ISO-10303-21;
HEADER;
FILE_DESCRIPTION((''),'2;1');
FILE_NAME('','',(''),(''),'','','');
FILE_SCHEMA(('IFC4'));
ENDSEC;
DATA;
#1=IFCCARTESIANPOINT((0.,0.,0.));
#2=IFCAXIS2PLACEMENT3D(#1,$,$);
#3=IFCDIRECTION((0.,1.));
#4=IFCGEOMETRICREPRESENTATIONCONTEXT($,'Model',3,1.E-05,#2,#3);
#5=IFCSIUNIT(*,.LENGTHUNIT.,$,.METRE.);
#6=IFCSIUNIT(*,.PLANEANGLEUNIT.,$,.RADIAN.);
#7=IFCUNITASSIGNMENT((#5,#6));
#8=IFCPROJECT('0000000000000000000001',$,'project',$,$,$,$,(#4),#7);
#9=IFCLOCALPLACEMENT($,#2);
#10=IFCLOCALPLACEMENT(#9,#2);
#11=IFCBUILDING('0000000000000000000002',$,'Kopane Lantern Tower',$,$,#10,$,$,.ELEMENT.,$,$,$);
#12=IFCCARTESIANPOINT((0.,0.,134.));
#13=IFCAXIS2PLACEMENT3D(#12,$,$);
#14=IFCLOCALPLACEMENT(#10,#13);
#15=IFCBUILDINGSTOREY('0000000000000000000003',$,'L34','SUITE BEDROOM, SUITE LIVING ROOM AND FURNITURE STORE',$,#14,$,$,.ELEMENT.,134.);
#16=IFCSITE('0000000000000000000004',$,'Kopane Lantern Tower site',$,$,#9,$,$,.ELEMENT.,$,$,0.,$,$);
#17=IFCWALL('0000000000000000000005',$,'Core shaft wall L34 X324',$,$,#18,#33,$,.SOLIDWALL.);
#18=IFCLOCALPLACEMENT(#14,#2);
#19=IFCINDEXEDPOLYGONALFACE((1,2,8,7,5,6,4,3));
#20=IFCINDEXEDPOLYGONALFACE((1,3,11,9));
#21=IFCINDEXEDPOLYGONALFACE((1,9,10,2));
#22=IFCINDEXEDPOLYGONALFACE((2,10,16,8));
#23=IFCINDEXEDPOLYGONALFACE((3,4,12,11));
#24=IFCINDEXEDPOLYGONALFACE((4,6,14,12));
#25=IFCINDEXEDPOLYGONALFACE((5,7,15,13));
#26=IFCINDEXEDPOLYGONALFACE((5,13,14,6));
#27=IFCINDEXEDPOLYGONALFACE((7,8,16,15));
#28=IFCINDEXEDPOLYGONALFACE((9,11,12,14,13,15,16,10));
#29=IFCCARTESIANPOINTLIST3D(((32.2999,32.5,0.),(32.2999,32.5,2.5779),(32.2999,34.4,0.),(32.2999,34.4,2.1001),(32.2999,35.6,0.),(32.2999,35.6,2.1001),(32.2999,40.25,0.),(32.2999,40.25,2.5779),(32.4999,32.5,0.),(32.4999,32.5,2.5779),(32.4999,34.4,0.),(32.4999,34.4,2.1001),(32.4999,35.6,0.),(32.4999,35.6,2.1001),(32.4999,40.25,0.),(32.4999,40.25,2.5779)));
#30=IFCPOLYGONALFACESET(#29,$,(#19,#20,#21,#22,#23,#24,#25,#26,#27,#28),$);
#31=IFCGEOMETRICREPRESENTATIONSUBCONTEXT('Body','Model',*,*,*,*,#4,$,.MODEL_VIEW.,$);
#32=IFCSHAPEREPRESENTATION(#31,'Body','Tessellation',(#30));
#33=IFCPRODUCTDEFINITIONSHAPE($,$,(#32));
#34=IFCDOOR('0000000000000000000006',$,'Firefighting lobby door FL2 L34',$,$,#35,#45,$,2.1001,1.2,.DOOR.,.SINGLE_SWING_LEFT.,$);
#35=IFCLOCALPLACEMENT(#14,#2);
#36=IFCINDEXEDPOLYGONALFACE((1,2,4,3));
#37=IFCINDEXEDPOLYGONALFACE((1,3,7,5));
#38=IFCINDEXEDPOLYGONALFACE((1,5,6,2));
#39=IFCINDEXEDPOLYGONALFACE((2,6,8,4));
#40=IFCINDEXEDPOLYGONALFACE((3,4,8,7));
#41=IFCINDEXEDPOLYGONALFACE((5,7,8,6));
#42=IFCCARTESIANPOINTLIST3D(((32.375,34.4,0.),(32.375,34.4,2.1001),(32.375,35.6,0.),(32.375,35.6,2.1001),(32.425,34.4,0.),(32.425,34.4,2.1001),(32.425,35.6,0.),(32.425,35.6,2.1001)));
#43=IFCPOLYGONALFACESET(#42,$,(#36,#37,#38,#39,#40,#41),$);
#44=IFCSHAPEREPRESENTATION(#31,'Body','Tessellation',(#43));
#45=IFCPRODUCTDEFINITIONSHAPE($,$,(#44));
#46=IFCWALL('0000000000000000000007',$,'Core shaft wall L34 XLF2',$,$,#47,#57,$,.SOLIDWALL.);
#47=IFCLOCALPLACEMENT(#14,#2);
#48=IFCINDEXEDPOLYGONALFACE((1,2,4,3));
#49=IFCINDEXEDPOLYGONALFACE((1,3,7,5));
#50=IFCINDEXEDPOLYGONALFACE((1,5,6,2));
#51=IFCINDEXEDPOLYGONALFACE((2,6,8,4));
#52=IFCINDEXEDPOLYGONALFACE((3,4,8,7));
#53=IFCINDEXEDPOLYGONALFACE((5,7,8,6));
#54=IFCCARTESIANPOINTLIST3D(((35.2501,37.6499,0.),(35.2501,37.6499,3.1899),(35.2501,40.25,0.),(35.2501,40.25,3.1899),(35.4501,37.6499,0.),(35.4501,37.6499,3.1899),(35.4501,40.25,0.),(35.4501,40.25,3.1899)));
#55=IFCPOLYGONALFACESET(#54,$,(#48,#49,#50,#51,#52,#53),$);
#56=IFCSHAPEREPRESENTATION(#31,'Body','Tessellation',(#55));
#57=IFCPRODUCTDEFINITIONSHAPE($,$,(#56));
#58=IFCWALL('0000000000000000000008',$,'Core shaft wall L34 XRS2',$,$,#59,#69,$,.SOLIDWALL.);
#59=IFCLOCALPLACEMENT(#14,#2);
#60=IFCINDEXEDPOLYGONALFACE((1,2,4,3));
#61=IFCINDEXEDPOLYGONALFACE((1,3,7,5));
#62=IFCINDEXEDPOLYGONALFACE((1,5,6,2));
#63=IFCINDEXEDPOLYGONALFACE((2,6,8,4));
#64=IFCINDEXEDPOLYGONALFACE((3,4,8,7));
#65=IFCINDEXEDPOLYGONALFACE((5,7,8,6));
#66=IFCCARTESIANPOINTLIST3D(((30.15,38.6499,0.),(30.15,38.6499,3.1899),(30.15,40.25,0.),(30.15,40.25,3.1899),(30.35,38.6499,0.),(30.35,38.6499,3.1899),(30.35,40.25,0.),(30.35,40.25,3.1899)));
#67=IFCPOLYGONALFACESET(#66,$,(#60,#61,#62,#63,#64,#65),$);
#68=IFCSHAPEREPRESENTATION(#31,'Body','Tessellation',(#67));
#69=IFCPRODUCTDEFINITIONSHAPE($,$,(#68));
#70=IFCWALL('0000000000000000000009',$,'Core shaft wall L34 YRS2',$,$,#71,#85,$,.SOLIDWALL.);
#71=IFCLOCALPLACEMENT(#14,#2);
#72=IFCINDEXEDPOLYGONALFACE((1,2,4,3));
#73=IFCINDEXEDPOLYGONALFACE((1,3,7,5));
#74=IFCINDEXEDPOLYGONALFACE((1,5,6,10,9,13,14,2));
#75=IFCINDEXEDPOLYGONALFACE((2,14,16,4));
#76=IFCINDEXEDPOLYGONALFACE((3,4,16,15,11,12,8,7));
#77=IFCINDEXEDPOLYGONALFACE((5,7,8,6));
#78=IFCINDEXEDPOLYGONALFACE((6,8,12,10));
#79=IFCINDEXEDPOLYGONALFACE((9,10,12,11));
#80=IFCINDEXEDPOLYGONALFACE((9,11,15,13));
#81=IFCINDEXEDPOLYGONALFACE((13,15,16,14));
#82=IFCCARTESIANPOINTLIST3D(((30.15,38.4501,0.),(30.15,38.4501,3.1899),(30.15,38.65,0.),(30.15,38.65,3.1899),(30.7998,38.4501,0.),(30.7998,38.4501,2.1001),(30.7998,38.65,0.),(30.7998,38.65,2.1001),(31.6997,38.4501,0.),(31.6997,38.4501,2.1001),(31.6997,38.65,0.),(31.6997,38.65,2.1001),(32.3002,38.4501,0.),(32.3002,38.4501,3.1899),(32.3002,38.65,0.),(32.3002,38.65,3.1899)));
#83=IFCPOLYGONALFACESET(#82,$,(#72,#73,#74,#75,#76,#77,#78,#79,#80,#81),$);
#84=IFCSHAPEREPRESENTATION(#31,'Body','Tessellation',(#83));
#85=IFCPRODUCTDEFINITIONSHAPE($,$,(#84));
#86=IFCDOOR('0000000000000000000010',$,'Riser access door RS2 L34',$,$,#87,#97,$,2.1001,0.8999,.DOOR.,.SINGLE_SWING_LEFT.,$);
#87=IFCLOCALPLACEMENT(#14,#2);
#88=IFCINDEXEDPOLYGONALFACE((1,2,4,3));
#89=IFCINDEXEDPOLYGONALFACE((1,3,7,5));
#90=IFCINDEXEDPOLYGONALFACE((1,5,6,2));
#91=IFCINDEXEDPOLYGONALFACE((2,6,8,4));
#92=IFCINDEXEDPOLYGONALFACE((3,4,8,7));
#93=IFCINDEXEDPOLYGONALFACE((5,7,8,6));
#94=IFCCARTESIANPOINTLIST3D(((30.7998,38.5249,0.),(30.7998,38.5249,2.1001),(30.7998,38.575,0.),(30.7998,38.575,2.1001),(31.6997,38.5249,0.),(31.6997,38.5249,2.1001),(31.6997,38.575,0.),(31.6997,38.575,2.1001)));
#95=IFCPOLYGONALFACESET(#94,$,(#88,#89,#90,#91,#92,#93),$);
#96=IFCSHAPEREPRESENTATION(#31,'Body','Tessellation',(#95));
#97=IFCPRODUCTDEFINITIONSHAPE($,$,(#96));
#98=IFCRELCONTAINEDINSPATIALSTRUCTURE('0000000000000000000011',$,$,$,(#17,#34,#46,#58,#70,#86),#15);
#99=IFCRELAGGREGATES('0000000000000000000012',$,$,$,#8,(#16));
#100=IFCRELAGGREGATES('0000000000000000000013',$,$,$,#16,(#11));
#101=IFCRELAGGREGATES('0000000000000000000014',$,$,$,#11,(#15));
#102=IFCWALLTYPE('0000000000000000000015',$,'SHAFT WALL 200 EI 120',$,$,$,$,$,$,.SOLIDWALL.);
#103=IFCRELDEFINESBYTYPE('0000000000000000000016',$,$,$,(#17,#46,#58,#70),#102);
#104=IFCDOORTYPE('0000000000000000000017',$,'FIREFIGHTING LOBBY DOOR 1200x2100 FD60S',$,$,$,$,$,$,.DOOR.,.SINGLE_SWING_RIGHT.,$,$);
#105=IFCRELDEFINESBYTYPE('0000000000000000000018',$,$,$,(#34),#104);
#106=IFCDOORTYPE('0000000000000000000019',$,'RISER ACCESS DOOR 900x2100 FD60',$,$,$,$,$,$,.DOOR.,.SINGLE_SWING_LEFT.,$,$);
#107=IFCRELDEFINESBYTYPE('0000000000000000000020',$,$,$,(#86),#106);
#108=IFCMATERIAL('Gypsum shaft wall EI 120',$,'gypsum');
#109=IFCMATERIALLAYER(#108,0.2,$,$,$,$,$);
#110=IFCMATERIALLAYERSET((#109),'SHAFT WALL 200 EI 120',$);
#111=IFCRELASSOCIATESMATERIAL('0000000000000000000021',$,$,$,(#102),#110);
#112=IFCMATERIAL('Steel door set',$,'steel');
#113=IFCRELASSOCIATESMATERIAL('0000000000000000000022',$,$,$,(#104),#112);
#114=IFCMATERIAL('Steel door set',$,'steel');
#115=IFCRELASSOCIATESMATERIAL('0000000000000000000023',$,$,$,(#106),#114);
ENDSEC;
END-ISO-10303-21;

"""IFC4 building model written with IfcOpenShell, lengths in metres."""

from ifc_helpers import new_model, si_unit, direction, frame, frame_2d, origin, place, context, subcontext, project, spatial, rectangle, extrude, material, layer, layer_set, type_object, element, fill, save


model = new_model("IFC4")

# Units and contexts
model_context = context("Model", 3, precision=1e-05, world=origin(), true_north=direction((0.0, 1.0)))
body_context = subcontext(model_context, "Body", "Model", "MODEL_VIEW")
ifc_project = project(units=[si_unit("LENGTHUNIT", "METRE"), si_unit("PLANEANGLEUNIT", "RADIAN")], contexts=[model_context])

# Site, building, storey
site_placement = place(None, origin())
site = spatial("IfcSite", under=ifc_project, at=site_placement, Name="Kopane Lantern Tower site", CompositionType="ELEMENT", RefElevation=0.0)
building_placement = place(site_placement, origin())
building = spatial("IfcBuilding", under=site, at=building_placement, Name="Kopane Lantern Tower", CompositionType="ELEMENT")
storey_placement = place(building_placement, frame((0.0, 0.0, 134.0)))
storey = spatial("IfcBuildingStorey", under=building, at=storey_placement, Name="L34", Description="SUITE BEDROOM, SUITE LIVING ROOM AND FURNITURE STORE", CompositionType="ELEMENT", Elevation=134.0)

# Shared definitions
ifc_material_1 = material(Name="Gypsum shaft wall EI 120", Category="gypsum")
ifc_layer_1 = layer(ifc_material_1, 0.2)
ifc_layer_set_1 = layer_set([ifc_layer_1], Name="SHAFT WALL 200 EI 120")
wall_type_1 = type_object("IfcWallType", Name="SHAFT WALL 200 EI 120", PredefinedType="SOLIDWALL", material=ifc_layer_set_1)

# Wall, opening, door
wall_1_placement = place(storey_placement, frame((32.3999, 32.5, 0.0), z_axis=(0.0, 0.0, 1.0), x_axis=(0.0, 1.0, 0.0)))
wall_1 = element("IfcWall", 1, at=wall_1_placement, inside=storey, type_object=wall_type_1, Name="Core shaft wall L34 X324", PredefinedType="SOLIDWALL", context=body_context, shape_type="SweptSolid", body=[
    extrude(rectangle(XDim=7.75, YDim=0.2, at=frame_2d((3.875, 0.0))), origin(), (0.0, 0.0, 1.0), 2.5779),
])
opening_1_placement = place(wall_1_placement, frame((1.8999, 0.0, 0.0)))
opening_1 = element("IfcOpeningElement", 2, at=opening_1_placement, cuts=wall_1, PredefinedType="OPENING", context=body_context, shape_type="SweptSolid", body=[
    extrude(rectangle(XDim=1.2, YDim=2.1001, at=frame_2d((0.6001, 1.05))), frame((0.0, 0.1099, 0.0), z_axis=(0.0, -1.0, 0.0), x_axis=(1.0, 0.0, 0.0)), (0.0, 0.0, 1.0), 0.22),
])
ifc_material_2 = material(Name="Steel door set", Category="steel")
door_type_1 = type_object("IfcDoorType", Name="FIREFIGHTING LOBBY DOOR 1200x2100 FD60S", OperationType="SINGLE_SWING_RIGHT", PredefinedType="DOOR", material=ifc_material_2)
door_1_placement = place(opening_1_placement, origin())
door_1 = element("IfcDoor", 3, at=door_1_placement, inside=storey, type_object=door_type_1, Name="Firefighting lobby door FL2 L34", OperationType="SINGLE_SWING_LEFT", OverallHeight=2.1001, OverallWidth=1.2, PredefinedType="DOOR", context=body_context, shape_type="SweptSolid", body=[
    extrude(rectangle(XDim=1.2, YDim=2.1001, at=frame_2d((0.6001, 1.05))), frame((0.0, 0.0249, 0.0), z_axis=(0.0, -1.0, 0.0), x_axis=(1.0, 0.0, 0.0)), (0.0, 0.0, 1.0), 0.05),
])
fill(opening_1, door_1)

# Walls
wall_2_placement = place(storey_placement, frame((35.3501, 37.6499, 0.0), z_axis=(0.0, 0.0, 1.0), x_axis=(0.0, 1.0, 0.0)))
element("IfcWall", 4, at=wall_2_placement, inside=storey, type_object=wall_type_1, Name="Core shaft wall L34 XLF2", PredefinedType="SOLIDWALL", context=body_context, shape_type="SweptSolid", body=[
    extrude(rectangle(XDim=2.6001, YDim=0.2, at=frame_2d((1.3, 0.0))), origin(), (0.0, 0.0, 1.0), 3.1899),
])
wall_3_placement = place(storey_placement, frame((30.25, 38.6499, 0.0), z_axis=(0.0, 0.0, 1.0), x_axis=(0.0, 1.0, 0.0)))
element("IfcWall", 5, at=wall_3_placement, inside=storey, type_object=wall_type_1, Name="Core shaft wall L34 XRS2", PredefinedType="SOLIDWALL", context=body_context, shape_type="SweptSolid", body=[
    extrude(rectangle(XDim=1.6001, YDim=0.2, at=frame_2d((0.8, 0.0))), origin(), (0.0, 0.0, 1.0), 3.1899),
])

# Wall, opening, door
wall_4_placement = place(storey_placement, frame((30.1499, 38.55, 0.0), z_axis=(0.0, 0.0, 1.0), x_axis=(1.0, 0.0, 0.0)))
wall_4 = element("IfcWall", 6, at=wall_4_placement, inside=storey, type_object=wall_type_1, Name="Core shaft wall L34 YRS2", PredefinedType="SOLIDWALL", context=body_context, shape_type="SweptSolid", body=[
    extrude(rectangle(XDim=2.1501, YDim=0.2, at=frame_2d((1.0752, 0.0))), origin(), (0.0, 0.0, 1.0), 3.1899),
])
opening_2_placement = place(wall_4_placement, frame((0.6499, 0.0, 0.0)))
opening_2 = element("IfcOpeningElement", 7, at=opening_2_placement, cuts=wall_4, PredefinedType="OPENING", context=body_context, shape_type="SweptSolid", body=[
    extrude(rectangle(XDim=0.8999, YDim=2.1001, at=frame_2d((0.45, 1.05))), frame((0.0, 0.1099, 0.0), z_axis=(0.0, -1.0, 0.0), x_axis=(1.0, 0.0, 0.0)), (0.0, 0.0, 1.0), 0.22),
])
ifc_material_3 = material(Name="Steel door set", Category="steel")
door_type_2 = type_object("IfcDoorType", Name="RISER ACCESS DOOR 900x2100 FD60", OperationType="SINGLE_SWING_LEFT", PredefinedType="DOOR", material=ifc_material_3)
door_2_placement = place(opening_2_placement, origin())
door_2 = element("IfcDoor", 8, at=door_2_placement, inside=storey, type_object=door_type_2, Name="Riser access door RS2 L34", OperationType="SINGLE_SWING_LEFT", OverallHeight=2.1001, OverallWidth=0.8999, PredefinedType="DOOR", context=body_context, shape_type="SweptSolid", body=[
    extrude(rectangle(XDim=0.8999, YDim=2.1001, at=frame_2d((0.45, 1.05))), frame((0.0, 0.0249, 0.0), z_axis=(0.0, -1.0, 0.0), x_axis=(1.0, 0.0, 0.0)), (0.0, 0.0, 1.0), 0.05),
])
fill(opening_2, door_2)

save(model, "model.ifc")
